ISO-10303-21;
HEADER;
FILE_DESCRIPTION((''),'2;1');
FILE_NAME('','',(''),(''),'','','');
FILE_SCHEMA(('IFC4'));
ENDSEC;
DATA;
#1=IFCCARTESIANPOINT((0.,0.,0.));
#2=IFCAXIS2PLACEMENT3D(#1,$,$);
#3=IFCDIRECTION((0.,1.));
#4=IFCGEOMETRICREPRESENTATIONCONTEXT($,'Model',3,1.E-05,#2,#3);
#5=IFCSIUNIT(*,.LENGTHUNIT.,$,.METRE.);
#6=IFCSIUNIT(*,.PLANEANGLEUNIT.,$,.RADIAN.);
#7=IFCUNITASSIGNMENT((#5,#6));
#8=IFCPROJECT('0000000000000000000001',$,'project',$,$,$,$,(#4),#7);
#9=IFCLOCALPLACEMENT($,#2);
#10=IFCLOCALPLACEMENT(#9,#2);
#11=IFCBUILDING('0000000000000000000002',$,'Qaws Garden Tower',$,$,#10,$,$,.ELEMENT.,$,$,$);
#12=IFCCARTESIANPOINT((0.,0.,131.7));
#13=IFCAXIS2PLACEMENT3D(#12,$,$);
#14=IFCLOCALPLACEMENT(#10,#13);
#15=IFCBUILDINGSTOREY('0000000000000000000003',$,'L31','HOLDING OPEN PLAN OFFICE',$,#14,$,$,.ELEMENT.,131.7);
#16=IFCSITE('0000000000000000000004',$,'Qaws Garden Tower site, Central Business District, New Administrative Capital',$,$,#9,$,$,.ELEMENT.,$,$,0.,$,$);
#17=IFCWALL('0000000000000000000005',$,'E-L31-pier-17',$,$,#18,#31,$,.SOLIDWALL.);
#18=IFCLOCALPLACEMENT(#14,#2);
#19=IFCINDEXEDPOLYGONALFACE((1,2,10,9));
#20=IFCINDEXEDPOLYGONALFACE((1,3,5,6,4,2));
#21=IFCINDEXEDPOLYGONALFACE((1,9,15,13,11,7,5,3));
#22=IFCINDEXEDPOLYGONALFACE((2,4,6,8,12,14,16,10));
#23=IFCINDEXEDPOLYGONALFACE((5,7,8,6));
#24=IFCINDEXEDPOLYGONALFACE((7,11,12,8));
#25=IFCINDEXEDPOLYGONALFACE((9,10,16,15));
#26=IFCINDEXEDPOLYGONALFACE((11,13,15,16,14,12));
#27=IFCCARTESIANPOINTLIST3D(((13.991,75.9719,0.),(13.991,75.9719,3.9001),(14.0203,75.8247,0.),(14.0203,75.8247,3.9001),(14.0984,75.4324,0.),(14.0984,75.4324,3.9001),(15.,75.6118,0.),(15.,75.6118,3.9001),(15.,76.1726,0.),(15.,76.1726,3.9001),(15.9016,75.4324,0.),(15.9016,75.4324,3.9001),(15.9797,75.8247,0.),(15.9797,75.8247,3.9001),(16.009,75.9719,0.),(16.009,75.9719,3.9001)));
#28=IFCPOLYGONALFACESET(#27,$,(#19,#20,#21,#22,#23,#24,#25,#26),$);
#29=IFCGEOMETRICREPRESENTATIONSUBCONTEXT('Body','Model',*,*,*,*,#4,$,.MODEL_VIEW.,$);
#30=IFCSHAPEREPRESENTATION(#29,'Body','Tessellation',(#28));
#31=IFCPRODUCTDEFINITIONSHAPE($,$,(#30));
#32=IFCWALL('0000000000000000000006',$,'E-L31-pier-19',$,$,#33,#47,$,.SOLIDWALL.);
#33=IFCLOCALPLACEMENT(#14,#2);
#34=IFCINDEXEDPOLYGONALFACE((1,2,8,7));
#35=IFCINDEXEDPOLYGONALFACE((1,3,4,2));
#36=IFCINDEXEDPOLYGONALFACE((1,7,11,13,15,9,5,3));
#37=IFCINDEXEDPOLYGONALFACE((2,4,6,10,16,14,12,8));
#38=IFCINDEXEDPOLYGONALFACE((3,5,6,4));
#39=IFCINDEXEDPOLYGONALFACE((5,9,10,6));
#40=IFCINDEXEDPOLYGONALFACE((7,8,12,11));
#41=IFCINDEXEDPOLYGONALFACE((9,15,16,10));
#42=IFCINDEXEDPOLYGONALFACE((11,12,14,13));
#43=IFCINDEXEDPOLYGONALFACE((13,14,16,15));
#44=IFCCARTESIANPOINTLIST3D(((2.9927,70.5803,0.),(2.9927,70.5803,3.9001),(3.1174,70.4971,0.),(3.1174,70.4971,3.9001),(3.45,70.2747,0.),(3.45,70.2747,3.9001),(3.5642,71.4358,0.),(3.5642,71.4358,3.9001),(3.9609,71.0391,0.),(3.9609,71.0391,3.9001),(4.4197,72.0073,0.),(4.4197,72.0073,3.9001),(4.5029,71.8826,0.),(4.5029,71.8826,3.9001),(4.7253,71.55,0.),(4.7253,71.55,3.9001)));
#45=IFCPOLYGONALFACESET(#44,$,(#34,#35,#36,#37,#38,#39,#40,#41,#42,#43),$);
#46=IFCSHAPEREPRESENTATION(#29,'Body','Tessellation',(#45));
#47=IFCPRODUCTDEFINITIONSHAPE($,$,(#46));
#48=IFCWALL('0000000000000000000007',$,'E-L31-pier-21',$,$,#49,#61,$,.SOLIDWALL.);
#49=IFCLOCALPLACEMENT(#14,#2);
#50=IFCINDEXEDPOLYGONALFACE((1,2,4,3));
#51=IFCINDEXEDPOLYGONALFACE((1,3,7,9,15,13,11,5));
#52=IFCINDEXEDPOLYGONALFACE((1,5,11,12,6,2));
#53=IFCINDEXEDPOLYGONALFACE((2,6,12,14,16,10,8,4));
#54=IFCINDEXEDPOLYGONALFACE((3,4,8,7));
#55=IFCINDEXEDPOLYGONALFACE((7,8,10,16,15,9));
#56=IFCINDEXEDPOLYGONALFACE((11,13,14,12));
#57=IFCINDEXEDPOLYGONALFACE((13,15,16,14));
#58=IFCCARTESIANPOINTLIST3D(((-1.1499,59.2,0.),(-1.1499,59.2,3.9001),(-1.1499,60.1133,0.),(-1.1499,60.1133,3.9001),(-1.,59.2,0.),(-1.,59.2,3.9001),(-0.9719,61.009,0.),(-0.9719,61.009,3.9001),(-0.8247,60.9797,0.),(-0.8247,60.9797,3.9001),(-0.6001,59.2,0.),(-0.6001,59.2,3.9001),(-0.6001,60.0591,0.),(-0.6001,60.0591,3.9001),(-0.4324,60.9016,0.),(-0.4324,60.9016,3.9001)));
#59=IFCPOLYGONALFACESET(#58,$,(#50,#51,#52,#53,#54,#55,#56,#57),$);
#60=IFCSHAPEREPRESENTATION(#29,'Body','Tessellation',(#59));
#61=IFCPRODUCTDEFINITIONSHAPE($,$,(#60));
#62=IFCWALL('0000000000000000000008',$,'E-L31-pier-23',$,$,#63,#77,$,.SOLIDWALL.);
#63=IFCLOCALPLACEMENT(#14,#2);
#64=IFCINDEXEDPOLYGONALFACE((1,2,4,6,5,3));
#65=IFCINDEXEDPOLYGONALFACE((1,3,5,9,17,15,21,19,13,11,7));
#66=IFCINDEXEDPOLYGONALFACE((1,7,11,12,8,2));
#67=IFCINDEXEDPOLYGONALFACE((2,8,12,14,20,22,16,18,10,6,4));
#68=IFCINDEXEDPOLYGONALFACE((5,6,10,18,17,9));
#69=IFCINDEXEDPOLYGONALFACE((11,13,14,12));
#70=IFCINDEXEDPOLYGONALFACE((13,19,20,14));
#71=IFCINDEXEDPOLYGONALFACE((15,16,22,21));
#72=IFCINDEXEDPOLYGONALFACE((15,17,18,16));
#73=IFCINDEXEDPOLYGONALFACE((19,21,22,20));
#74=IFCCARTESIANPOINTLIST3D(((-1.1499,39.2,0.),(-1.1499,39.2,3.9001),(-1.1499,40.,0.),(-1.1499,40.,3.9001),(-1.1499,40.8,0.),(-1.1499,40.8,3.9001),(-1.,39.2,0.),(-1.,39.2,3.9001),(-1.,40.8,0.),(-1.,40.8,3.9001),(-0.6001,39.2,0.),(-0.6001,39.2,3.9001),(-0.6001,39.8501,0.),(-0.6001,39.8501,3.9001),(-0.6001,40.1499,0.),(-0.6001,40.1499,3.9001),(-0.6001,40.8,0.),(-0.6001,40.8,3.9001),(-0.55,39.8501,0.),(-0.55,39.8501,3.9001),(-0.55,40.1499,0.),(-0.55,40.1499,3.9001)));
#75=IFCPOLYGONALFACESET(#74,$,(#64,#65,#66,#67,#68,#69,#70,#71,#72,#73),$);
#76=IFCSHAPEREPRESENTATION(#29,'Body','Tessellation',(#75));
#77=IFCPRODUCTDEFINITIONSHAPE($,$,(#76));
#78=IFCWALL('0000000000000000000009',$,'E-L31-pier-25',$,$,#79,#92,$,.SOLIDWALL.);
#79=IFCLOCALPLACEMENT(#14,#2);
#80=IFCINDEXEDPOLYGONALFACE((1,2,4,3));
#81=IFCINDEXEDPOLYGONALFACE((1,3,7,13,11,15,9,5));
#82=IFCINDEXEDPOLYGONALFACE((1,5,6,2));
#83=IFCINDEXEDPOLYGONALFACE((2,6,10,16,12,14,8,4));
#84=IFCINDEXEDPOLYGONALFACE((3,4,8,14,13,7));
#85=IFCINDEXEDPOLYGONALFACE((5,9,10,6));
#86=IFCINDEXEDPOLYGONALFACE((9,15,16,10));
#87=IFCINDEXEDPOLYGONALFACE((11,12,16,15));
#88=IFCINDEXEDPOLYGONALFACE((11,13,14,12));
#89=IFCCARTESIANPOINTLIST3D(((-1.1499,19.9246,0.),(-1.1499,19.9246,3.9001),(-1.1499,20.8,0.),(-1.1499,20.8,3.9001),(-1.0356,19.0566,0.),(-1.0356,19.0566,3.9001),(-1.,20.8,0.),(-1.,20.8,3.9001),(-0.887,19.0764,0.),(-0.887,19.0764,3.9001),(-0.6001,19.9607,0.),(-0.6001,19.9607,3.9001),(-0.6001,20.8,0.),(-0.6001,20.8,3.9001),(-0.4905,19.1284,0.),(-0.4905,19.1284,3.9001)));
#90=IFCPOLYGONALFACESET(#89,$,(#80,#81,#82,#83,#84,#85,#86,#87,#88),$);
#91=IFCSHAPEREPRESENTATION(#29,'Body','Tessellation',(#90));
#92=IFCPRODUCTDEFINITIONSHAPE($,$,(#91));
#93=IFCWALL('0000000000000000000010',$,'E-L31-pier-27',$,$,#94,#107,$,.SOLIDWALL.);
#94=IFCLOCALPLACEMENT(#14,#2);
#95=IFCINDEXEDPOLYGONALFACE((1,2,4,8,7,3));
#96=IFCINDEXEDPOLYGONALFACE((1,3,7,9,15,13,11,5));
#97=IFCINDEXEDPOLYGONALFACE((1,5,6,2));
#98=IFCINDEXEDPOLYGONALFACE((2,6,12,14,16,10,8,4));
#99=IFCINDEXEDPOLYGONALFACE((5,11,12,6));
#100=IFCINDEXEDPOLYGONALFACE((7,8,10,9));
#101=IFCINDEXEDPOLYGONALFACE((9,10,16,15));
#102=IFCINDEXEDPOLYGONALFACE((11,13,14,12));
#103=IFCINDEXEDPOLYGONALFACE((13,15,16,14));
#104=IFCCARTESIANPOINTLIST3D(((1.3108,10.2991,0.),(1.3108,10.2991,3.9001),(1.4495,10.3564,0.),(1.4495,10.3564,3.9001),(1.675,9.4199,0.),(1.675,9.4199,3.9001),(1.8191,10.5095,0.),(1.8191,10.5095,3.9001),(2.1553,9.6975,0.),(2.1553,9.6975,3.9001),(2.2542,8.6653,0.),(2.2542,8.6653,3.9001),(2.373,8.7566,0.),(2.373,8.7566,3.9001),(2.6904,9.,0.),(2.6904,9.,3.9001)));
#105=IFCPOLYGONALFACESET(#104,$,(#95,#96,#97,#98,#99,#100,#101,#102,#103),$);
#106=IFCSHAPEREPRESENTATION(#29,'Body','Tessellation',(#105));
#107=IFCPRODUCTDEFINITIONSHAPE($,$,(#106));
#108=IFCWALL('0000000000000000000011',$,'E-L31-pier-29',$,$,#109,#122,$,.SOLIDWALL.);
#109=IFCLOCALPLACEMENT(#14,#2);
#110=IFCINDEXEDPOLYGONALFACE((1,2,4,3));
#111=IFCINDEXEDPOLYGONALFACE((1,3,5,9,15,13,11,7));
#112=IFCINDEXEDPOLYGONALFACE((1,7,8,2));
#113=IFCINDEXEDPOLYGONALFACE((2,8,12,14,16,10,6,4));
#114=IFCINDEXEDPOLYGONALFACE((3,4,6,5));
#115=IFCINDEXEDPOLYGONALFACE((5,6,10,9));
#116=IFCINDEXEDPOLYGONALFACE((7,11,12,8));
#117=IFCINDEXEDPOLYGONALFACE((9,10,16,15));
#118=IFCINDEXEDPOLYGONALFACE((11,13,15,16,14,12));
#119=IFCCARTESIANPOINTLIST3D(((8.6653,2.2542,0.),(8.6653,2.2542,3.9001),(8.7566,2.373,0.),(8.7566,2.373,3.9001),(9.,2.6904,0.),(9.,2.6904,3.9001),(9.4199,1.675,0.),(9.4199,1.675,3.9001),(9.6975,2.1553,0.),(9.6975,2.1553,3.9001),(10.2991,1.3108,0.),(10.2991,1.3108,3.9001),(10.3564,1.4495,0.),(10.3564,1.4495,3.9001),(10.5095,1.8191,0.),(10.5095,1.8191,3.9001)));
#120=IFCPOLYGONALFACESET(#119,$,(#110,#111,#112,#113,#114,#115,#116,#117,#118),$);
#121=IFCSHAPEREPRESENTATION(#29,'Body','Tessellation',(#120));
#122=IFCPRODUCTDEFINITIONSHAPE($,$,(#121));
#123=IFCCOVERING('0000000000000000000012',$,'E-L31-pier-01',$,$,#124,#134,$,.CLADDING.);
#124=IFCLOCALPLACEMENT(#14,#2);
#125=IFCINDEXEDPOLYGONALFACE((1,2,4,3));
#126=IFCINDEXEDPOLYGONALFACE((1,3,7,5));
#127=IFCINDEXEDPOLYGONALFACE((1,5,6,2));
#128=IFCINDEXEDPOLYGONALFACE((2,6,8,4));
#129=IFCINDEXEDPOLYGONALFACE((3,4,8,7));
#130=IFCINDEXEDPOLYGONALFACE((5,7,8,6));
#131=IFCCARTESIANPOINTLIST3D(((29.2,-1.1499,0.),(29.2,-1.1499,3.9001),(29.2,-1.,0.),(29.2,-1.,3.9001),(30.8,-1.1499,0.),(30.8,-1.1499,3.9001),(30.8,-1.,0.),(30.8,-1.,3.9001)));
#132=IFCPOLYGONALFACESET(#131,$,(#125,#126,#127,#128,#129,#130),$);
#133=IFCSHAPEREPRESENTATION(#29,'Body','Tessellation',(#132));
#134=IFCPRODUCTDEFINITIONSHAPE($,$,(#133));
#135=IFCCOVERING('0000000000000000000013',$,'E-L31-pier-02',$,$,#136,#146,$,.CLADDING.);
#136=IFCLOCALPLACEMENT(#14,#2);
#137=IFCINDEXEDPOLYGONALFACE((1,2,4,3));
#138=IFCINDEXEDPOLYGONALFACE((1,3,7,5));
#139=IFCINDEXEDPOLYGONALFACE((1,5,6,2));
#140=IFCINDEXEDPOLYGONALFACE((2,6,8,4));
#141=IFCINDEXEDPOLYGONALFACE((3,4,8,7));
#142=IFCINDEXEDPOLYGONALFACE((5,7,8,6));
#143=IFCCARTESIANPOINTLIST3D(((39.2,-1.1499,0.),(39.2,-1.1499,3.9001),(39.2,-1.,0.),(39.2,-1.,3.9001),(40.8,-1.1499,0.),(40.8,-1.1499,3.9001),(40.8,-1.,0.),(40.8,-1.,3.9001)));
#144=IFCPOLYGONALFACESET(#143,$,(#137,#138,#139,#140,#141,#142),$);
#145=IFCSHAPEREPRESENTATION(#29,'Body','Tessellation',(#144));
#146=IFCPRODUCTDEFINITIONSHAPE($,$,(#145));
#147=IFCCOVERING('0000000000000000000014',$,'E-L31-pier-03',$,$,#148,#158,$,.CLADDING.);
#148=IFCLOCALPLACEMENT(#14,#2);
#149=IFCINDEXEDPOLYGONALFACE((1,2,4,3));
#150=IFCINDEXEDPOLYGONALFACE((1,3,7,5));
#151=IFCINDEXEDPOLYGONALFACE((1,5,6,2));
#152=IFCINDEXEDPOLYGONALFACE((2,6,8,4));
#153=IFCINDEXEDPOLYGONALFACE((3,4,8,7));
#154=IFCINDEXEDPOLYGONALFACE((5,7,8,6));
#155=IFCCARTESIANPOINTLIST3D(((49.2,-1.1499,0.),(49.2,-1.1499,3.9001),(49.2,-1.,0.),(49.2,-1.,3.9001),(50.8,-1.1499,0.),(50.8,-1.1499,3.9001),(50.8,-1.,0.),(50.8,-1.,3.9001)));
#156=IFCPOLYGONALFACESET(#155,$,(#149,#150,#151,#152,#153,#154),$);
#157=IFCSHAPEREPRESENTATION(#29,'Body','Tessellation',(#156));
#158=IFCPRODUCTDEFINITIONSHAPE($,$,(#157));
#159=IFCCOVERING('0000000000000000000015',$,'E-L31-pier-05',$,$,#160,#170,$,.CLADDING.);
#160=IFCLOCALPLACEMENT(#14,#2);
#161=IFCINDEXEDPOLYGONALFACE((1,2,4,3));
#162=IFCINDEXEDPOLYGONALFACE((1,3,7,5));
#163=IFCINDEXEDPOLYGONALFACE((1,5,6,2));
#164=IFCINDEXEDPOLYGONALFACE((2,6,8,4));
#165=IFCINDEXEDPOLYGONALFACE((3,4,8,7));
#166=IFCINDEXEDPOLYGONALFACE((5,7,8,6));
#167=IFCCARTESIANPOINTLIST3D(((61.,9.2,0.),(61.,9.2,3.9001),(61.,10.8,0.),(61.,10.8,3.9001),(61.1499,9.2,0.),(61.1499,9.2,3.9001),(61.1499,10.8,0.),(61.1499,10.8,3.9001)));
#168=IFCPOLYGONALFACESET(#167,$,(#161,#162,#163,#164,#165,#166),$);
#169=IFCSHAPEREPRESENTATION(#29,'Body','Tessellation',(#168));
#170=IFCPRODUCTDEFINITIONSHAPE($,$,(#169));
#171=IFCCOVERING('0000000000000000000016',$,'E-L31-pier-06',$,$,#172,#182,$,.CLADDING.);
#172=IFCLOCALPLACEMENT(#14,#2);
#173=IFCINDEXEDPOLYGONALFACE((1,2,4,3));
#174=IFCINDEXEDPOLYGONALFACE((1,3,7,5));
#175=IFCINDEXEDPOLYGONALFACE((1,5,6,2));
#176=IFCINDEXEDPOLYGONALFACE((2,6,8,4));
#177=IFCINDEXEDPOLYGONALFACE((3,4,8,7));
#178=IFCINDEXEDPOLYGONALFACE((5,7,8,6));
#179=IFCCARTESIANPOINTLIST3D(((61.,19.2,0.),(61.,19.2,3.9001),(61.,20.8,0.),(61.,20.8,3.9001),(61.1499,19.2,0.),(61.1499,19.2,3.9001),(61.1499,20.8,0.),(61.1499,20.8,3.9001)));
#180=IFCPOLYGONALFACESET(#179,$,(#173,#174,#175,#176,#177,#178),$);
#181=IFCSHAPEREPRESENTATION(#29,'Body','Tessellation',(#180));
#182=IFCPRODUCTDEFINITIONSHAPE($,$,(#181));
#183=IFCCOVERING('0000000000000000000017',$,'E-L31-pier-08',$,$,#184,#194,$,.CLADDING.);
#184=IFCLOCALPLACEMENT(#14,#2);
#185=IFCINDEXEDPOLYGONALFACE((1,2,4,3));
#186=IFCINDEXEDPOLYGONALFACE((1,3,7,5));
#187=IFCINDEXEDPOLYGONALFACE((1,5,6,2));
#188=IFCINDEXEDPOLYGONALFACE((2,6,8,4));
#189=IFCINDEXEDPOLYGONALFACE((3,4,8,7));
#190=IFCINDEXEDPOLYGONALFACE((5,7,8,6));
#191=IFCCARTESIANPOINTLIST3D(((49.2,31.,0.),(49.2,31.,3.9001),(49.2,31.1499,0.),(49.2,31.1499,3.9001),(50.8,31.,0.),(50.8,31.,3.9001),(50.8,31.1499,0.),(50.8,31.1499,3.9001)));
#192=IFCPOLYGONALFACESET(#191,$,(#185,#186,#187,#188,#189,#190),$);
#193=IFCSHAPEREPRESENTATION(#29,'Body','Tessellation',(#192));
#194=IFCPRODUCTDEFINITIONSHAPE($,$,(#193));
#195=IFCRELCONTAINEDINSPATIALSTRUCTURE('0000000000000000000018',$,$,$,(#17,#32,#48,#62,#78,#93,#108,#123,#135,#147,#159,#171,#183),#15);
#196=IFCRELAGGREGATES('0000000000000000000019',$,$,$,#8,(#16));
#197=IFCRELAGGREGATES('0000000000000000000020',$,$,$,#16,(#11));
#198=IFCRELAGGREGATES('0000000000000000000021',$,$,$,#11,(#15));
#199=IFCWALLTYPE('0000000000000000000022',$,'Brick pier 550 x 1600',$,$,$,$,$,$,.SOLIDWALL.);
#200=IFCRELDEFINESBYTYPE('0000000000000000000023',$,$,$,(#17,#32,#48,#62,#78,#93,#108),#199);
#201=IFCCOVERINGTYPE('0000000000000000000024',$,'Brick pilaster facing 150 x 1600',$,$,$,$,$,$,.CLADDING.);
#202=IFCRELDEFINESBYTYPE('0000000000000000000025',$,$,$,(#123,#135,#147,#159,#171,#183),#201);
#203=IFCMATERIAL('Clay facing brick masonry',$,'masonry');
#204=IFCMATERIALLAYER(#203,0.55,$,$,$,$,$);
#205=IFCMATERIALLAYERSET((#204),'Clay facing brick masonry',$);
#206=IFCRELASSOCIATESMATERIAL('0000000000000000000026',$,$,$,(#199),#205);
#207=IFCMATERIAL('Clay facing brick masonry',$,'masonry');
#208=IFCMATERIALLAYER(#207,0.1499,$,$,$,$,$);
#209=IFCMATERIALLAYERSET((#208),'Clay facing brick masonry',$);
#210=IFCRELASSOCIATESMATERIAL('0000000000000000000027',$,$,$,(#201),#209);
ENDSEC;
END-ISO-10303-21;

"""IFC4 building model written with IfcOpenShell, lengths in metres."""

from ifc_helpers import new_model, si_unit, direction, frame, origin, place, context, subcontext, project, spatial, polyline, outline, extrude, material, layer, layer_set, type_object, element, save


model = new_model("IFC4")

# Units and contexts
model_context = context("Model", 3, precision=1e-05, world=origin(), true_north=direction((0.0, 1.0)))
body_context = subcontext(model_context, "Body", "Model", "MODEL_VIEW")
ifc_project = project(units=[si_unit("LENGTHUNIT", "METRE"), si_unit("PLANEANGLEUNIT", "RADIAN")], contexts=[model_context])

# Site, building, storey
site_placement = place(None, origin())
site = spatial("IfcSite", under=ifc_project, at=site_placement, Name="Qaws Garden Tower site, Central Business District, New Administrative Capital", CompositionType="ELEMENT", RefElevation=0.0)
building_placement = place(site_placement, origin())
building = spatial("IfcBuilding", under=site, at=building_placement, Name="Qaws Garden Tower", CompositionType="ELEMENT")
storey_placement = place(building_placement, frame((0.0, 0.0, 131.7)))
storey = spatial("IfcBuildingStorey", under=building, at=storey_placement, Name="L31", Description="HOLDING OPEN PLAN OFFICE", CompositionType="ELEMENT", Elevation=131.7)

# Walls
placement = place(storey_placement, origin())
ifc_material_1 = material(Name="Clay facing brick masonry", Category="masonry")
ifc_layer_1 = layer(ifc_material_1, 0.55)
ifc_layer_set_1 = layer_set([ifc_layer_1], Name="Clay facing brick masonry")
wall_type_1 = type_object("IfcWallType", Name="Brick pier 550 x 1600", PredefinedType="SOLIDWALL", material=ifc_layer_set_1)
element("IfcWall", 1, at=placement, inside=storey, type_object=wall_type_1, Name="E-L31-pier-17", PredefinedType="SOLIDWALL", context=body_context, shape_type="SweptSolid", body=[
    extrude(outline(polyline([(15.9797, 75.8247), (16.009, 75.9719), (15.0, 76.1726), (13.991, 75.9719), (14.0203, 75.8247), (14.0984, 75.4324), (15.0, 75.6118), (15.9016, 75.4324), (15.9797, 75.8247)])), origin(), (0.0, 0.0, 1.0), 3.9001),
])
element("IfcWall", 2, at=placement, inside=storey, type_object=wall_type_1, Name="E-L31-pier-19", PredefinedType="SOLIDWALL", context=body_context, shape_type="SweptSolid", body=[
    extrude(outline(polyline([(4.5029, 71.8826), (4.4197, 72.0073), (3.5642, 71.4358), (2.9927, 70.5803), (3.1174, 70.4971), (3.45, 70.2747), (3.9609, 71.0391), (4.7253, 71.55), (4.5029, 71.8826)])), origin(), (0.0, 0.0, 1.0), 3.9001),
])
element("IfcWall", 3, at=placement, inside=storey, type_object=wall_type_1, Name="E-L31-pier-21", PredefinedType="SOLIDWALL", context=body_context, shape_type="SweptSolid", body=[
    extrude(outline(polyline([(-0.8247, 60.9797), (-0.9719, 61.009), (-1.1499, 60.1133), (-1.1499, 59.2), (-1.0, 59.2), (-0.6001, 59.2), (-0.6001, 60.0591), (-0.4324, 60.9016), (-0.8247, 60.9797)])), origin(), (0.0, 0.0, 1.0), 3.9001),
])
element("IfcWall", 4, at=placement, inside=storey, type_object=wall_type_1, Name="E-L31-pier-23", PredefinedType="SOLIDWALL", context=body_context, shape_type="SweptSolid", body=[
    extrude(outline(polyline([(-0.6001, 39.2), (-0.6001, 39.8501), (-0.55, 39.8501), (-0.55, 40.1499), (-0.6001, 40.1499), (-0.6001, 40.8), (-1.0, 40.8), (-1.1499, 40.8), (-1.1499, 40.0), (-1.1499, 39.2), (-1.0, 39.2), (-0.6001, 39.2)])), origin(), (0.0, 0.0, 1.0), 3.9001),
])
element("IfcWall", 5, at=placement, inside=storey, type_object=wall_type_1, Name="E-L31-pier-25", PredefinedType="SOLIDWALL", context=body_context, shape_type="SweptSolid", body=[
    extrude(outline(polyline([(-1.0, 20.8), (-1.1499, 20.8), (-1.1499, 19.9246), (-1.0356, 19.0566), (-0.887, 19.0764), (-0.4905, 19.1284), (-0.6001, 19.9607), (-0.6001, 20.8), (-1.0, 20.8)])), origin(), (0.0, 0.0, 1.0), 3.9001),
])
element("IfcWall", 6, at=placement, inside=storey, type_object=wall_type_1, Name="E-L31-pier-27", PredefinedType="SOLIDWALL", context=body_context, shape_type="SweptSolid", body=[
    extrude(outline(polyline([(1.4495, 10.3564), (1.3108, 10.2991), (1.675, 9.4199), (2.2542, 8.6653), (2.373, 8.7566), (2.6904, 9.0), (2.1553, 9.6975), (1.8191, 10.5095), (1.4495, 10.3564)])), origin(), (0.0, 0.0, 1.0), 3.9001),
])
element("IfcWall", 7, at=placement, inside=storey, type_object=wall_type_1, Name="E-L31-pier-29", PredefinedType="SOLIDWALL", context=body_context, shape_type="SweptSolid", body=[
    extrude(outline(polyline([(8.7566, 2.373), (8.6653, 2.2542), (9.4199, 1.675), (10.2991, 1.3108), (10.3564, 1.4495), (10.5095, 1.8191), (9.6975, 2.1553), (9.0, 2.6904), (8.7566, 2.373)])), origin(), (0.0, 0.0, 1.0), 3.9001),
])

# Coverings
ifc_material_2 = material(Name="Clay facing brick masonry", Category="masonry")
ifc_layer_2 = layer(ifc_material_2, 0.1499)
ifc_layer_set_2 = layer_set([ifc_layer_2], Name="Clay facing brick masonry")
covering_type = type_object("IfcCoveringType", Name="Brick pilaster facing 150 x 1600", PredefinedType="CLADDING", material=ifc_layer_set_2)
element("IfcCovering", 8, at=placement, inside=storey, type_object=covering_type, Name="E-L31-pier-01", PredefinedType="CLADDING", context=body_context, shape_type="SweptSolid", body=[
    extrude(outline(polyline([(29.2, -1.0), (30.8, -1.0), (30.8, -1.1499), (29.2, -1.1499), (29.2, -1.0)])), origin(), (0.0, 0.0, 1.0), 3.9001),
])
element("IfcCovering", 9, at=placement, inside=storey, type_object=covering_type, Name="E-L31-pier-02", PredefinedType="CLADDING", context=body_context, shape_type="SweptSolid", body=[
    extrude(outline(polyline([(39.2, -1.0), (40.8, -1.0), (40.8, -1.1499), (39.2, -1.1499), (39.2, -1.0)])), origin(), (0.0, 0.0, 1.0), 3.9001),
])
element("IfcCovering", 10, at=placement, inside=storey, type_object=covering_type, Name="E-L31-pier-03", PredefinedType="CLADDING", context=body_context, shape_type="SweptSolid", body=[
    extrude(outline(polyline([(49.2, -1.0), (50.8, -1.0), (50.8, -1.1499), (49.2, -1.1499), (49.2, -1.0)])), origin(), (0.0, 0.0, 1.0), 3.9001),
])
element("IfcCovering", 11, at=placement, inside=storey, type_object=covering_type, Name="E-L31-pier-05", PredefinedType="CLADDING", context=body_context, shape_type="SweptSolid", body=[
    extrude(outline(polyline([(61.0, 9.2), (61.0, 10.8), (61.1499, 10.8), (61.1499, 9.2), (61.0, 9.2)])), origin(), (0.0, 0.0, 1.0), 3.9001),
])
element("IfcCovering", 12, at=placement, inside=storey, type_object=covering_type, Name="E-L31-pier-06", PredefinedType="CLADDING", context=body_context, shape_type="SweptSolid", body=[
    extrude(outline(polyline([(61.0, 19.2), (61.0, 20.8), (61.1499, 20.8), (61.1499, 19.2), (61.0, 19.2)])), origin(), (0.0, 0.0, 1.0), 3.9001),
])
element("IfcCovering", 13, at=placement, inside=storey, type_object=covering_type, Name="E-L31-pier-08", PredefinedType="CLADDING", context=body_context, shape_type="SweptSolid", body=[
    extrude(outline(polyline([(50.8, 31.0), (49.2, 31.0), (49.2, 31.1499), (50.8, 31.1499), (50.8, 31.0)])), origin(), (0.0, 0.0, 1.0), 3.9001),
])

save(model, "model.ifc")
